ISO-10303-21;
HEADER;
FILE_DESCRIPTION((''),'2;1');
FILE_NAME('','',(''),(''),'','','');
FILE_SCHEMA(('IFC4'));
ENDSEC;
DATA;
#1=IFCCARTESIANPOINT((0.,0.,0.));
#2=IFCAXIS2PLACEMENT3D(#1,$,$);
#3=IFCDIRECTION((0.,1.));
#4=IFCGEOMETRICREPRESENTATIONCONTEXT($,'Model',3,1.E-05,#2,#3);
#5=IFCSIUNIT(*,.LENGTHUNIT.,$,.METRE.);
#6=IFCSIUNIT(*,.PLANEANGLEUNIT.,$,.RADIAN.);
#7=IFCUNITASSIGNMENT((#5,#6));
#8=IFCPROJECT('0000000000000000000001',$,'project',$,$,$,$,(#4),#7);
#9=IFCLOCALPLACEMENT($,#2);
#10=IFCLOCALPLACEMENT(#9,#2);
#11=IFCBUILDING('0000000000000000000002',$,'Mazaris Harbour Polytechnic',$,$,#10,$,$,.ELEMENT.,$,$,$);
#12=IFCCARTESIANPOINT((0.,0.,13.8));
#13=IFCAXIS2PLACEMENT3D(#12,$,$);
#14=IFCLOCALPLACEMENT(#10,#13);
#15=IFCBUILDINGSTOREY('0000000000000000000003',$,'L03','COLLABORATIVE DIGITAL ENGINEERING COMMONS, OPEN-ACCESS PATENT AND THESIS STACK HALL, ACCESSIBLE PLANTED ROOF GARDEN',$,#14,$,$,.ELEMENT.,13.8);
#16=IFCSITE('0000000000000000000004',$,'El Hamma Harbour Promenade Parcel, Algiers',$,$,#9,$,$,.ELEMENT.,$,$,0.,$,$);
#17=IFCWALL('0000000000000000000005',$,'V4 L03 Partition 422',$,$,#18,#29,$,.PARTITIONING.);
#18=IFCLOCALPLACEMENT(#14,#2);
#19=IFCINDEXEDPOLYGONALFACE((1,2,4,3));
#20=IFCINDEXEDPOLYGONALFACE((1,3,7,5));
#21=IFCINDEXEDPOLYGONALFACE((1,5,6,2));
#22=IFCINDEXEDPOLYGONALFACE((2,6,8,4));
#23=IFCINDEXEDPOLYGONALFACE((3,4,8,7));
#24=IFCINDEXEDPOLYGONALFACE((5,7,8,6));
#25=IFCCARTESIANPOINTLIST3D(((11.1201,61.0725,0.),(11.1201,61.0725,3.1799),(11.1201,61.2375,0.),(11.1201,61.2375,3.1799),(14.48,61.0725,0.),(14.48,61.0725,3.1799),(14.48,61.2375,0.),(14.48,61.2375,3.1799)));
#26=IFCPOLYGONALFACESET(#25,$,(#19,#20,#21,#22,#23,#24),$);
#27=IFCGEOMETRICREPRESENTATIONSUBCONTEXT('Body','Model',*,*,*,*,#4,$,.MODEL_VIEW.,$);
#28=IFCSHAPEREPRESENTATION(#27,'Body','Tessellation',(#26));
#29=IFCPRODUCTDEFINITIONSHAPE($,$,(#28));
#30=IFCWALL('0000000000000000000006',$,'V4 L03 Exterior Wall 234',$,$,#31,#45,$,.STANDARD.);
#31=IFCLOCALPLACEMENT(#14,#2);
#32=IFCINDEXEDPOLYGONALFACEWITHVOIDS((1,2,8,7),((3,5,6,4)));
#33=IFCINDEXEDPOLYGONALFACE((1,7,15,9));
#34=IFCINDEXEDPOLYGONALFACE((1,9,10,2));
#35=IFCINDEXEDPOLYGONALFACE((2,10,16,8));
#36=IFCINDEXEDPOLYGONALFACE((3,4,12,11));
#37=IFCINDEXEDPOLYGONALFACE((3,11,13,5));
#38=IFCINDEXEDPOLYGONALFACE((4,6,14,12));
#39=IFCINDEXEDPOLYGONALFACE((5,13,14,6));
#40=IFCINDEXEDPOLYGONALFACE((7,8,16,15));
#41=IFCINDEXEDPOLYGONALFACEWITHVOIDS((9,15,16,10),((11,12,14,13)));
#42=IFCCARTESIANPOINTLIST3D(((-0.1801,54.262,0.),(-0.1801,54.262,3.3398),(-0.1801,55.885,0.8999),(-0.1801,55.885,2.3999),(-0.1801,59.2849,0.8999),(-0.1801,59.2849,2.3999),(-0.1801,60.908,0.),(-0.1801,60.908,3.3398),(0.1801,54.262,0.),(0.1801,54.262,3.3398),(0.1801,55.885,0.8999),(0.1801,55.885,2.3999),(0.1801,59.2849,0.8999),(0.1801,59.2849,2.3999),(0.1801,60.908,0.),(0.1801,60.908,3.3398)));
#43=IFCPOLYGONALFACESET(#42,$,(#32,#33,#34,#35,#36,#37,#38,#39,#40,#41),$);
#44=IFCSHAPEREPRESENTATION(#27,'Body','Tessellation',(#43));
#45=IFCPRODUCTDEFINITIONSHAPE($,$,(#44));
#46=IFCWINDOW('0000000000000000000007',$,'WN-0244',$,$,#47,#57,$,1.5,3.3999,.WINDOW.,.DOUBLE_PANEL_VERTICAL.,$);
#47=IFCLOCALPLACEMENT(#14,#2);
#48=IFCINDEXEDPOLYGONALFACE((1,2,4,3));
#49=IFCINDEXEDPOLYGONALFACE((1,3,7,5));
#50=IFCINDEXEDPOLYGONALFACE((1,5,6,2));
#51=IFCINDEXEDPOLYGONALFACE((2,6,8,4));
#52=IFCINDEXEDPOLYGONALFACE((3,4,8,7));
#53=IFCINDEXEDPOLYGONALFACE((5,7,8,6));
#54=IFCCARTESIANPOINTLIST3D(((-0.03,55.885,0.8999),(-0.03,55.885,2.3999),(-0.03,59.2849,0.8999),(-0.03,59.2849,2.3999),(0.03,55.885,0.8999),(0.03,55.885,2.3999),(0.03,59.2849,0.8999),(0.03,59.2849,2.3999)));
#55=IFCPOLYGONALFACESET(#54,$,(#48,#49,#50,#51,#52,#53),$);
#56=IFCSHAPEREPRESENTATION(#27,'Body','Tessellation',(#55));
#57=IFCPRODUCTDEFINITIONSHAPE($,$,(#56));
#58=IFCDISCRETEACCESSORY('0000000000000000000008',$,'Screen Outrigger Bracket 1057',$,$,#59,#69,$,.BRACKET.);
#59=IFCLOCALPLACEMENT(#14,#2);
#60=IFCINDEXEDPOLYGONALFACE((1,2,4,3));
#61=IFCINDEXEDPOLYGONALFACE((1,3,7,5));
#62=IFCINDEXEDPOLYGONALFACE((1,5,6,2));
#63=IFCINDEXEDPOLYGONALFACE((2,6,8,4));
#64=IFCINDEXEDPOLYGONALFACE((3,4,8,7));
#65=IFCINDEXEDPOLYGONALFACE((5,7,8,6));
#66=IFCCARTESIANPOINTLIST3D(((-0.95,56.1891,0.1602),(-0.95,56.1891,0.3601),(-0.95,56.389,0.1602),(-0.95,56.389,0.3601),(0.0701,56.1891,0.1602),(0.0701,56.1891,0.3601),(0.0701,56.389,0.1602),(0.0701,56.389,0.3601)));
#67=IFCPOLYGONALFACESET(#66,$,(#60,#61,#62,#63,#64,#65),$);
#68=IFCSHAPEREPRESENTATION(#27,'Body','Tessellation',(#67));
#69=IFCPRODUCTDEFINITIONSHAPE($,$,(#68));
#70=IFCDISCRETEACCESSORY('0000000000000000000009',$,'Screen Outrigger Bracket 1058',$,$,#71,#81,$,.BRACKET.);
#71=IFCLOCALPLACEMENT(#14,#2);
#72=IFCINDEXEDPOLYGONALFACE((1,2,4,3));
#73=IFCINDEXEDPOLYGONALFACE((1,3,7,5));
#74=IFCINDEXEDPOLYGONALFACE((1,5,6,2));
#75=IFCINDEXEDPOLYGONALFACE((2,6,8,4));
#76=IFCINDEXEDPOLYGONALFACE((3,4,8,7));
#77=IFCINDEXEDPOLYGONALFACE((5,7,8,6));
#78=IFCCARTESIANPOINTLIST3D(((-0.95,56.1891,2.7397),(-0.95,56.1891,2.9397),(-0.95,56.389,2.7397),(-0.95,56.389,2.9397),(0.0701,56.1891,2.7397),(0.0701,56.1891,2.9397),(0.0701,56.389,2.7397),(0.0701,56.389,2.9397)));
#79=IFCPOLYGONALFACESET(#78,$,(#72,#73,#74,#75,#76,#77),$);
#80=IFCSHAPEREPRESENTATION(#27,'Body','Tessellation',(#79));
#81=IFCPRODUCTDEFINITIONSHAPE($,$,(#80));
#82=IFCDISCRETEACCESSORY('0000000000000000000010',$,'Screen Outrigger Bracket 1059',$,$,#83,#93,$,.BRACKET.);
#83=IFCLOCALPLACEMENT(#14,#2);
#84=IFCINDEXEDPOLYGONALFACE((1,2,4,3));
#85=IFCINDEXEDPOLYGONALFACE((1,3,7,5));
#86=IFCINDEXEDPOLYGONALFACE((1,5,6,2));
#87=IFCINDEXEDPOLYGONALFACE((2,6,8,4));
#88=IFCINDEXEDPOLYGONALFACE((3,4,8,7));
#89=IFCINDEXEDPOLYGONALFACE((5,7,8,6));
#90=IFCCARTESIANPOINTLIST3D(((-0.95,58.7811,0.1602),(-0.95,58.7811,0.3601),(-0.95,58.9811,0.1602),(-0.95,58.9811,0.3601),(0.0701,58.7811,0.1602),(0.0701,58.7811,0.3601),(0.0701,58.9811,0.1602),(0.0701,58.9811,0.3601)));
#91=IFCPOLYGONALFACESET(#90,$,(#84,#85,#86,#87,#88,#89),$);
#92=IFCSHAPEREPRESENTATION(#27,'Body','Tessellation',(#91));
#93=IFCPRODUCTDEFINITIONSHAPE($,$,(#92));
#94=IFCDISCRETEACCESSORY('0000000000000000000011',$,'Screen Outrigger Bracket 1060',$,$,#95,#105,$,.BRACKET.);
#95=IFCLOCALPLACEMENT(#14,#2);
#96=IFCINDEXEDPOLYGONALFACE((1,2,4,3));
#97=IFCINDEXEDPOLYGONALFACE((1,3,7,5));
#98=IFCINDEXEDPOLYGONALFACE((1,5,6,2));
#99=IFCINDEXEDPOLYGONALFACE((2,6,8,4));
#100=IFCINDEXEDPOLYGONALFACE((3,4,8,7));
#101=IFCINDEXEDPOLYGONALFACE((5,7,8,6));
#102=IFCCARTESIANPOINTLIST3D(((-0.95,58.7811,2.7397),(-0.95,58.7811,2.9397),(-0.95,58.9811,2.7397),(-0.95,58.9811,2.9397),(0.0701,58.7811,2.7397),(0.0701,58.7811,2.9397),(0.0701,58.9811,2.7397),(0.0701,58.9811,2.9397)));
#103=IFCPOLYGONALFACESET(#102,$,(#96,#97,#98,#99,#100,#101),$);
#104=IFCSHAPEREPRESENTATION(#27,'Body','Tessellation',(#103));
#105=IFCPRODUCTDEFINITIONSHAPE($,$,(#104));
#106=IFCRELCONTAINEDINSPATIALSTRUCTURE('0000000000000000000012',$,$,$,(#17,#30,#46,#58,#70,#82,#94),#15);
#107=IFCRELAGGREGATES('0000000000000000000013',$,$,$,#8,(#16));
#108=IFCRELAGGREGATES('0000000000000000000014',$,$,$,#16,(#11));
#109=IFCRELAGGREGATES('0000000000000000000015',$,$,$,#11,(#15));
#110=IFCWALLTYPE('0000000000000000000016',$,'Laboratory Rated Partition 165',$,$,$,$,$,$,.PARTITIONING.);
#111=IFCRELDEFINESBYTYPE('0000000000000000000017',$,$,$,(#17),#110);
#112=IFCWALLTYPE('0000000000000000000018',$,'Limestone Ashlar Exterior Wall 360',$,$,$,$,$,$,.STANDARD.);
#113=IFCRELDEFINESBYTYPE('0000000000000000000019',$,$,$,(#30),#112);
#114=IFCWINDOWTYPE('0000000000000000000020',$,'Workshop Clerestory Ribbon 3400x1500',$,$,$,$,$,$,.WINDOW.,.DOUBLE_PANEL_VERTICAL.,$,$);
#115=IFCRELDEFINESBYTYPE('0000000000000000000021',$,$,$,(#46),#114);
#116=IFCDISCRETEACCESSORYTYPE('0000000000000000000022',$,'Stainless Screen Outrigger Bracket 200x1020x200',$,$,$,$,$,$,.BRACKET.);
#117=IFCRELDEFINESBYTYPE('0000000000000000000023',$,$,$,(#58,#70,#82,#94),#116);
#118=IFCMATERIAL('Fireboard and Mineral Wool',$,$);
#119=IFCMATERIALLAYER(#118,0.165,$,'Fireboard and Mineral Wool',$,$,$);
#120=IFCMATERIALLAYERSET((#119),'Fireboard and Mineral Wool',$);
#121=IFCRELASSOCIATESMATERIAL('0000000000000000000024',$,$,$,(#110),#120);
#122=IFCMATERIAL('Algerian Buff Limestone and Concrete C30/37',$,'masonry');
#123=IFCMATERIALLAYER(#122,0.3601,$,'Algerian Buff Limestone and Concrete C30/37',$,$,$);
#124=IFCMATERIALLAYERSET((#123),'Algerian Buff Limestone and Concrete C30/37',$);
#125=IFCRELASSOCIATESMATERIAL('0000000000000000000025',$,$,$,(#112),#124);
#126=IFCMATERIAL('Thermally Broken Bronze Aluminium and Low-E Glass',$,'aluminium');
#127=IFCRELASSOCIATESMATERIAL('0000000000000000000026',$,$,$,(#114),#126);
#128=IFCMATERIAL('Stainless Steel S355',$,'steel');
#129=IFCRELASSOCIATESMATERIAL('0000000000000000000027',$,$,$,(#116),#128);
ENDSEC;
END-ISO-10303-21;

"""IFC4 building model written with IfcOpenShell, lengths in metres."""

from ifc_helpers import new_model, si_unit, direction, frame, frame_2d, origin, origin_2d, place, context, subcontext, project, spatial, rectangle, extrude, material, layer, layer_set, type_object, element, fill, save


model = new_model("IFC4")

# Units and contexts
model_context = context("Model", 3, precision=1e-05, world=origin(), true_north=direction((0.0, 1.0)))
body_context = subcontext(model_context, "Body", "Model", "MODEL_VIEW")
ifc_project = project(units=[si_unit("LENGTHUNIT", "METRE"), si_unit("PLANEANGLEUNIT", "RADIAN")], contexts=[model_context])

# Site, building, storey
site_placement = place(None, origin())
site = spatial("IfcSite", under=ifc_project, at=site_placement, Name="El Hamma Harbour Promenade Parcel, Algiers", CompositionType="ELEMENT", RefElevation=0.0)
building_placement = place(site_placement, origin())
building = spatial("IfcBuilding", under=site, at=building_placement, Name="Mazaris Harbour Polytechnic", CompositionType="ELEMENT")
storey_placement = place(building_placement, frame((0.0, 0.0, 13.8)))
storey = spatial("IfcBuildingStorey", under=building, at=storey_placement, Name="L03", Description="COLLABORATIVE DIGITAL ENGINEERING COMMONS, OPEN-ACCESS PATENT AND THESIS STACK HALL, ACCESSIBLE PLANTED ROOF GARDEN", CompositionType="ELEMENT", Elevation=13.8)

# Wall
ifc_material_1 = material(Name="Fireboard and Mineral Wool")
ifc_layer_1 = layer(ifc_material_1, 0.165, Name="Fireboard and Mineral Wool")
ifc_layer_set_1 = layer_set([ifc_layer_1], Name="Fireboard and Mineral Wool")
wall_type_1 = type_object("IfcWallType", Name="Laboratory Rated Partition 165", PredefinedType="PARTITIONING", material=ifc_layer_set_1)
wall_1_placement = place(storey_placement, frame((11.1201, 61.155, 0.0), z_axis=(0.0, 0.0, 1.0), x_axis=(1.0, 0.0, 0.0)))
element("IfcWall", 1, at=wall_1_placement, inside=storey, type_object=wall_type_1, Name="V4 L03 Partition 422", PredefinedType="PARTITIONING", context=body_context, shape_type="SweptSolid", body=[
    extrude(rectangle(XDim=3.3599, YDim=0.165, at=frame_2d((1.6799, 0.0))), origin(), (0.0, 0.0, 1.0), 3.1799),
])

# Wall, opening, window
ifc_material_2 = material(Name="Algerian Buff Limestone and Concrete C30/37", Category="masonry")
ifc_layer_2 = layer(ifc_material_2, 0.3601, Name="Algerian Buff Limestone and Concrete C30/37")
ifc_layer_set_2 = layer_set([ifc_layer_2], Name="Algerian Buff Limestone and Concrete C30/37")
wall_type_2 = type_object("IfcWallType", Name="Limestone Ashlar Exterior Wall 360", PredefinedType="STANDARD", material=ifc_layer_set_2)
wall_2_placement = place(storey_placement, frame((0.0, 54.262, 0.0), z_axis=(0.0, 0.0, 1.0), x_axis=(0.0, 1.0, 0.0)))
wall_2 = element("IfcWall", 2, at=wall_2_placement, inside=storey, type_object=wall_type_2, Name="V4 L03 Exterior Wall 234", PredefinedType="STANDARD", context=body_context, shape_type="SweptSolid", body=[
    extrude(rectangle(XDim=6.646, YDim=0.3601, at=frame_2d((3.323, 0.0))), origin(), (0.0, 0.0, 1.0), 3.3398),
])
opening_1_placement = place(wall_2_placement, frame((1.623, 0.0, 0.8999)))
opening_1 = element("IfcOpeningElement", 3, at=opening_1_placement, cuts=wall_2, PredefinedType="OPENING", context=body_context, shape_type="SweptSolid", body=[
    extrude(rectangle(XDim=3.3999, YDim=1.5, at=frame_2d((1.7, 0.75))), frame((0.0, 0.1899, 0.0), z_axis=(0.0, -1.0, 0.0), x_axis=(1.0, 0.0, 0.0)), (0.0, 0.0, 1.0), 0.3801),
])
ifc_material_3 = material(Name="Thermally Broken Bronze Aluminium and Low-E Glass", Category="aluminium")
window_type = type_object("IfcWindowType", Name="Workshop Clerestory Ribbon 3400x1500", PartitioningType="DOUBLE_PANEL_VERTICAL", PredefinedType="WINDOW", material=ifc_material_3)
window_placement = place(opening_1_placement, origin())
window = element("IfcWindow", 4, at=window_placement, inside=storey, type_object=window_type, Name="WN-0244", OverallHeight=1.5, OverallWidth=3.3999, PartitioningType="DOUBLE_PANEL_VERTICAL", PredefinedType="WINDOW", context=body_context, shape_type="SweptSolid", body=[
    extrude(rectangle(XDim=3.3999, YDim=1.5, at=frame_2d((1.7, 0.75))), frame((0.0, 0.03, 0.0), z_axis=(0.0, -1.0, 0.0), x_axis=(1.0, 0.0, 0.0)), (0.0, 0.0, 1.0), 0.0601),
])
fill(opening_1, window)

# Discrete accessories
ifc_material_4 = material(Name="Stainless Steel S355", Category="steel")
discrete_accessory_type = type_object("IfcDiscreteAccessoryType", Name="Stainless Screen Outrigger Bracket 200x1020x200", PredefinedType="BRACKET", material=ifc_material_4)
for number, where, z_axis, x_axis, name in (
    (5, (-0.4399, 56.2891, 0.1602), (0.0, 0.0, 1.0), (0.0, 1.0, 0.0), "Screen Outrigger Bracket 1057"),
    (6, (-0.4399, 56.2891, 2.7397), (0.0, 0.0, 1.0), (0.0, 1.0, 0.0), "Screen Outrigger Bracket 1058"),
    (7, (-0.4399, 58.8811, 0.1602), (0.0, 0.0, 1.0), (0.0, 1.0, 0.0), "Screen Outrigger Bracket 1059"),
    (8, (-0.4399, 58.8811, 2.7397), (0.0, 0.0, 1.0), (0.0, 1.0, 0.0), "Screen Outrigger Bracket 1060"),
):
    element("IfcDiscreteAccessory", number, at=place(storey_placement, frame(where, z_axis=z_axis, x_axis=x_axis)), inside=storey, type_object=discrete_accessory_type, Name=name, PredefinedType="BRACKET", context=body_context, shape_type="SweptSolid", body=[
        extrude(rectangle(XDim=0.2, YDim=1.02, at=origin_2d()), origin(), (0.0, 0.0, 1.0), 0.2),
    ])

save(model, "model.ifc")
